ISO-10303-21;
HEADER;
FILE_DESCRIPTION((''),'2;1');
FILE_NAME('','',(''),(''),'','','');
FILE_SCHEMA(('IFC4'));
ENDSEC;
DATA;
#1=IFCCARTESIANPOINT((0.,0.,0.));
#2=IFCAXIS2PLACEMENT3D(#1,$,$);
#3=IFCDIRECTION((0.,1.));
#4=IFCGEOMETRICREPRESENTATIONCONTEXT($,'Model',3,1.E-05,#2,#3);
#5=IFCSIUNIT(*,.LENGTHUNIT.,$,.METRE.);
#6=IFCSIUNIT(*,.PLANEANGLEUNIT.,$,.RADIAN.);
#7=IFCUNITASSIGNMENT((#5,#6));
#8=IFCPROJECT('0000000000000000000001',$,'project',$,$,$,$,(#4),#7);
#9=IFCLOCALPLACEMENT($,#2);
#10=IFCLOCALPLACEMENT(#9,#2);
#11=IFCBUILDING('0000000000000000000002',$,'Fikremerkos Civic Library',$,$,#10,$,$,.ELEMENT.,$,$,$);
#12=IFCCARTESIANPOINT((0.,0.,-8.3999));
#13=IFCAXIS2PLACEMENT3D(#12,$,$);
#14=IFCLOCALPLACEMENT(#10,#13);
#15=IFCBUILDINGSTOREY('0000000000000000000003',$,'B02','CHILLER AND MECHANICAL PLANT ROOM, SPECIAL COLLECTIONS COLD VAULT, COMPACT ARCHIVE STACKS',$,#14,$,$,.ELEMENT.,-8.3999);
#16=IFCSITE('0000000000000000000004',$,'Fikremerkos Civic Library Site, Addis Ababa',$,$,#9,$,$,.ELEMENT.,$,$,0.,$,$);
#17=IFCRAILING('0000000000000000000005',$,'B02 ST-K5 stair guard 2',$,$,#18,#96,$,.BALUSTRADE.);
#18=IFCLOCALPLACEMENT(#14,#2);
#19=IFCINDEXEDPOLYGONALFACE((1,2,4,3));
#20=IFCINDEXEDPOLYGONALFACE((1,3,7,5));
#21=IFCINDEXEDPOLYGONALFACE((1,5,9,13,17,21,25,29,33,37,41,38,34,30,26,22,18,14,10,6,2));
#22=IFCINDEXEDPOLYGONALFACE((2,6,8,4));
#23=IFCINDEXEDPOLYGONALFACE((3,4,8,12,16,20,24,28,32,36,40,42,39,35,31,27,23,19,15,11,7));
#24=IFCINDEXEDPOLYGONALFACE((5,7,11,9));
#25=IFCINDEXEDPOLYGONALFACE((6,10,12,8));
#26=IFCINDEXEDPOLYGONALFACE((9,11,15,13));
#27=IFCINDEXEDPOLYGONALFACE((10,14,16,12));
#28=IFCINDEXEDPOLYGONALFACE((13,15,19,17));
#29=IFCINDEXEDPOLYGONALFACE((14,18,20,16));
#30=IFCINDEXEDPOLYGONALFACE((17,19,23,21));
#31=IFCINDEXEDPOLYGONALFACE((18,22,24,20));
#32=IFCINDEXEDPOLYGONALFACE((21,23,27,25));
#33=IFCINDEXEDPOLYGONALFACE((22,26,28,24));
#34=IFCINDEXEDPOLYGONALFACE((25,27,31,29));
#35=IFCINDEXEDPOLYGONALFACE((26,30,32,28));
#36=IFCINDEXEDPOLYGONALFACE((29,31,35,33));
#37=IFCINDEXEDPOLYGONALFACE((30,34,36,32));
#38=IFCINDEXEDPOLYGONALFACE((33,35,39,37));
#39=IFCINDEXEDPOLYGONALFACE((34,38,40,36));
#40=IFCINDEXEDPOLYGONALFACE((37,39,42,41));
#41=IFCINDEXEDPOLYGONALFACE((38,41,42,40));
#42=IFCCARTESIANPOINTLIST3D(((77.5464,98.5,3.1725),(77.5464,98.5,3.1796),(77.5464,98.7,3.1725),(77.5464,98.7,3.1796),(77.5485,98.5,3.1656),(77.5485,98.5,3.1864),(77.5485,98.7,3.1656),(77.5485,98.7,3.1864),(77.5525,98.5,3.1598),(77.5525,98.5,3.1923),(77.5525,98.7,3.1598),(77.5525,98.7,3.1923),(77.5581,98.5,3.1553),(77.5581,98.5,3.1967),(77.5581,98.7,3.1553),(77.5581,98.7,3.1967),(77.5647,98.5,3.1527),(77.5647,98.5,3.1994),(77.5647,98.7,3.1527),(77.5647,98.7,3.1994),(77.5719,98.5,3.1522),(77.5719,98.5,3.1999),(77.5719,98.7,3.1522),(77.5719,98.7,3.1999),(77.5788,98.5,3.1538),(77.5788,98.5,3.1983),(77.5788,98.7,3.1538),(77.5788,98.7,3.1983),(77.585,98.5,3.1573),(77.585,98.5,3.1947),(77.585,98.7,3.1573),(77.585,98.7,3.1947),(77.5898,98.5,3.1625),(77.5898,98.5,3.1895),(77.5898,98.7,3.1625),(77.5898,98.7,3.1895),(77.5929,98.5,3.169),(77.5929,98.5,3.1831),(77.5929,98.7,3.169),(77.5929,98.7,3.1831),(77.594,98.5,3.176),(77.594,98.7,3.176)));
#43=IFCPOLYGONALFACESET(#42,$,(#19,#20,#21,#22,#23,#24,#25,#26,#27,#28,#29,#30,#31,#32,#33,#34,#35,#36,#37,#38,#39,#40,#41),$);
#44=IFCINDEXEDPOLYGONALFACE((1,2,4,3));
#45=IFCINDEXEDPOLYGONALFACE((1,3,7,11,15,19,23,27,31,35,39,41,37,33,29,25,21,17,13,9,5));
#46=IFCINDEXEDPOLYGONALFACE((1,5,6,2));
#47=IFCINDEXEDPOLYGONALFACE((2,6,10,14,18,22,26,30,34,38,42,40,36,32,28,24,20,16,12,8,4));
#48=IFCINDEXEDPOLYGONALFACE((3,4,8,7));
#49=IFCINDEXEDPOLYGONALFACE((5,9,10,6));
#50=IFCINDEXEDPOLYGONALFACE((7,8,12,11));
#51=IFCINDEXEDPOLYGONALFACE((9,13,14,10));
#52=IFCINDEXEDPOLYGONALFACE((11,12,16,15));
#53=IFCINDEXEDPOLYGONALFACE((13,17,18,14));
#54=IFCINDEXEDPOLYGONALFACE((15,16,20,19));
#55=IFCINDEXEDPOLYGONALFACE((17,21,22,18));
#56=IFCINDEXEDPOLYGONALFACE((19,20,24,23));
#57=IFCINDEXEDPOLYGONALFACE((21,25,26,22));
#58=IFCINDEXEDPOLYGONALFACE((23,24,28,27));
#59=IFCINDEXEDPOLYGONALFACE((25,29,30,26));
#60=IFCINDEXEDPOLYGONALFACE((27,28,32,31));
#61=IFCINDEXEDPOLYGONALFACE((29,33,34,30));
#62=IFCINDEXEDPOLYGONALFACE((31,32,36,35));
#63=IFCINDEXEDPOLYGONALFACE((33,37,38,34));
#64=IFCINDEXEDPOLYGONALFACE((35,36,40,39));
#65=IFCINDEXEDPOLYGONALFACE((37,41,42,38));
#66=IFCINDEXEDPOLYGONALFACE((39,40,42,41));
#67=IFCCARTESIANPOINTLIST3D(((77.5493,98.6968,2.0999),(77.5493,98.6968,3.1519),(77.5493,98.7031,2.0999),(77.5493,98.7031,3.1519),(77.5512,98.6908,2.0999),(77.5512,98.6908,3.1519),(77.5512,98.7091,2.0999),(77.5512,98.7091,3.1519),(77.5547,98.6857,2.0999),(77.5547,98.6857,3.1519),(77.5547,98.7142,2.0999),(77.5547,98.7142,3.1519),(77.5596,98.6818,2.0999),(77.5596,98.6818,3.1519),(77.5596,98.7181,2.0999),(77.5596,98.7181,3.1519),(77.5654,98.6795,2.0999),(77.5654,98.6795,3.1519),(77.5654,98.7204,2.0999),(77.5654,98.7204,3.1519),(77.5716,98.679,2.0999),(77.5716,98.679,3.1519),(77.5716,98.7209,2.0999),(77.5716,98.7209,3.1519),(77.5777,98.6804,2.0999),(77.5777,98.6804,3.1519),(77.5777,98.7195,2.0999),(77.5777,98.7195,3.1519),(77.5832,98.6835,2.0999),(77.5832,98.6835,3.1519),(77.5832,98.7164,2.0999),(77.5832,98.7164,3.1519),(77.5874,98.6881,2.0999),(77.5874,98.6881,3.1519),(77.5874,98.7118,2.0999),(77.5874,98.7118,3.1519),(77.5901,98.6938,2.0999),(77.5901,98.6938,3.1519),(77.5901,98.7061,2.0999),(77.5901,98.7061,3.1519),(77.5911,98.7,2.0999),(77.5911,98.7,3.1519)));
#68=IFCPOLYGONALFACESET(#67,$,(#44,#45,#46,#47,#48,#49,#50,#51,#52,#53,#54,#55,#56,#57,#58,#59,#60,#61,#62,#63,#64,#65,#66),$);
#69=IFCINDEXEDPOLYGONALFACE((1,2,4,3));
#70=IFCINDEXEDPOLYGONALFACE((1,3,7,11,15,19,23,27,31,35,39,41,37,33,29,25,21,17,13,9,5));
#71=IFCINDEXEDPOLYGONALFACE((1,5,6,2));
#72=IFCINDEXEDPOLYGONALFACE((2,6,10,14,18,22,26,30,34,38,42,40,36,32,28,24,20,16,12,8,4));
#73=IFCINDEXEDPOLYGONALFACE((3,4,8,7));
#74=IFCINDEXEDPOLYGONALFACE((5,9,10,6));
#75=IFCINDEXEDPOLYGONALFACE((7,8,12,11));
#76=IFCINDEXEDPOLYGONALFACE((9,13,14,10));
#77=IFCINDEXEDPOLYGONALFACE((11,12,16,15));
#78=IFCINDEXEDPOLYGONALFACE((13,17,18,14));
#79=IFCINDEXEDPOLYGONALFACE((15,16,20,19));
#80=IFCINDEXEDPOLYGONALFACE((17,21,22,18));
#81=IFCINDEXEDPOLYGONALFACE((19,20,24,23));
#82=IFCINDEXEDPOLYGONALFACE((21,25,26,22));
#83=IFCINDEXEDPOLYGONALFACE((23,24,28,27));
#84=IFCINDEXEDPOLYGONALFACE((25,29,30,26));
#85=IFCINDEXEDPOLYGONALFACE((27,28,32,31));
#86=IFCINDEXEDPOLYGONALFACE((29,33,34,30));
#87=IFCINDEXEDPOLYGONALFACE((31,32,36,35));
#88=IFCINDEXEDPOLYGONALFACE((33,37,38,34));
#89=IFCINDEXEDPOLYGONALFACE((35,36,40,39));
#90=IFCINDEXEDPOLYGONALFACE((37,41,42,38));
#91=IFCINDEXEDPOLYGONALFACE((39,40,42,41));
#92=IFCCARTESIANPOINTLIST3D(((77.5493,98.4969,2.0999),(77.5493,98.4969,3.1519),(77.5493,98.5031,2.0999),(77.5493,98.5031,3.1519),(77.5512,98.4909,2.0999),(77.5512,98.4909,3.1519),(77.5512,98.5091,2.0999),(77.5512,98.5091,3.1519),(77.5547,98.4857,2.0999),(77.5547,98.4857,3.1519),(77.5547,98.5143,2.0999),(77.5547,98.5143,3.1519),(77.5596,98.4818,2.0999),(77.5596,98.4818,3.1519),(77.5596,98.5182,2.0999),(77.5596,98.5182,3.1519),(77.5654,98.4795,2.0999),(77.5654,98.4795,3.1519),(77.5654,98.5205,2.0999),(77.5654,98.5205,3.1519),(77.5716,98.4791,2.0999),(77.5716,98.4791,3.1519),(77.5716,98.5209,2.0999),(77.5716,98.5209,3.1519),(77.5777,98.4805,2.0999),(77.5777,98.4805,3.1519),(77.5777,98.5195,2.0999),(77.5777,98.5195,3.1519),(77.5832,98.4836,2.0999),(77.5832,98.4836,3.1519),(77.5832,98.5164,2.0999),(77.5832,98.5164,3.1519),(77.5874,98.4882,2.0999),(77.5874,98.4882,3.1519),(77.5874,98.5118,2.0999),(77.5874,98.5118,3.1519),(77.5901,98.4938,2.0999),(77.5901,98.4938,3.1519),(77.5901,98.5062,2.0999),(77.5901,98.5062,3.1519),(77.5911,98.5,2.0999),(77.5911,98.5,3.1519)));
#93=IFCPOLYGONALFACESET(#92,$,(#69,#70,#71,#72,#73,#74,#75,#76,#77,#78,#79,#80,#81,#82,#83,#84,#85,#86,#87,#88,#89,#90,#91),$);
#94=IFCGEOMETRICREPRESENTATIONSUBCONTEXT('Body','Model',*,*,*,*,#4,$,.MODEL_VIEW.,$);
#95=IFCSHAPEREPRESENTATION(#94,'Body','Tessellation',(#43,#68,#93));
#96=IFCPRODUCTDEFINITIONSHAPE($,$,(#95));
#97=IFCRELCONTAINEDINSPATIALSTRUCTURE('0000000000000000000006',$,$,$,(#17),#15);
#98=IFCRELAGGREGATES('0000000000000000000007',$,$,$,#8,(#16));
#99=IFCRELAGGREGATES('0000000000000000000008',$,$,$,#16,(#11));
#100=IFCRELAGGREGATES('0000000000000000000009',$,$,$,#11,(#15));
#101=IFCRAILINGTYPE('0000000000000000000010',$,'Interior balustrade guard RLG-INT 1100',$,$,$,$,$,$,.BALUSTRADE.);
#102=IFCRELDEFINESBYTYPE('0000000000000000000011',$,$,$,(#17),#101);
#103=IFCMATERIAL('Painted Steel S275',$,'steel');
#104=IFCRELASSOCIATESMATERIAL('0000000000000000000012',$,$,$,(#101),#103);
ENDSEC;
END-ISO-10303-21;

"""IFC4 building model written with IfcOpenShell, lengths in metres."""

from ifc_helpers import new_model, si_unit, direction, frame, origin, origin_2d, place, context, subcontext, project, spatial, circle, extrude, material, type_object, element, save


model = new_model("IFC4")

# Units and contexts
model_context = context("Model", 3, precision=1e-05, world=origin(), true_north=direction((0.0, 1.0)))
body_context = subcontext(model_context, "Body", "Model", "MODEL_VIEW")
ifc_project = project(units=[si_unit("LENGTHUNIT", "METRE"), si_unit("PLANEANGLEUNIT", "RADIAN")], contexts=[model_context])

# Site, building, storey
site_placement = place(None, origin())
site = spatial("IfcSite", under=ifc_project, at=site_placement, Name="Fikremerkos Civic Library Site, Addis Ababa", CompositionType="ELEMENT", RefElevation=0.0)
building_placement = place(site_placement, origin())
building = spatial("IfcBuilding", under=site, at=building_placement, Name="Fikremerkos Civic Library", CompositionType="ELEMENT")
storey_placement = place(building_placement, frame((0.0, 0.0, -8.3999)))
storey = spatial("IfcBuildingStorey", under=building, at=storey_placement, Name="B02", Description="CHILLER AND MECHANICAL PLANT ROOM, SPECIAL COLLECTIONS COLD VAULT, COMPACT ARCHIVE STACKS", CompositionType="ELEMENT", Elevation=-8.3999)

# Railing
ifc_material_1 = material(Name="Painted Steel S275", Category="steel")
railing_type_1 = type_object("IfcRailingType", Name="Interior balustrade guard RLG-INT 1100", PredefinedType="BALUSTRADE", material=ifc_material_1)
railing_1_placement = place(storey_placement, frame((77.5701, 98.7, 2.0999)))
element("IfcRailing", 1, at=railing_1_placement, inside=storey, type_object=railing_type_1, Name="B02 ST-K5 stair guard 2", PredefinedType="BALUSTRADE", context=body_context, shape_type="SweptSolid", body=[
    extrude(circle(Radius=0.0239, at=origin_2d()), frame((0.0, 0.0, 1.0762), z_axis=(0.0, -1.0, 0.0), x_axis=(1.0, 0.0, 0.0)), (0.0, 0.0, 1.0), 0.2),
    extrude(circle(Radius=0.021, at=origin_2d()), origin(), (0.0, 0.0, 1.0), 1.052),
    extrude(circle(Radius=0.021, at=origin_2d()), frame((0.0, -0.2, 0.0)), (0.0, 0.0, 1.0), 1.052),
])

save(model, "model.ifc")
